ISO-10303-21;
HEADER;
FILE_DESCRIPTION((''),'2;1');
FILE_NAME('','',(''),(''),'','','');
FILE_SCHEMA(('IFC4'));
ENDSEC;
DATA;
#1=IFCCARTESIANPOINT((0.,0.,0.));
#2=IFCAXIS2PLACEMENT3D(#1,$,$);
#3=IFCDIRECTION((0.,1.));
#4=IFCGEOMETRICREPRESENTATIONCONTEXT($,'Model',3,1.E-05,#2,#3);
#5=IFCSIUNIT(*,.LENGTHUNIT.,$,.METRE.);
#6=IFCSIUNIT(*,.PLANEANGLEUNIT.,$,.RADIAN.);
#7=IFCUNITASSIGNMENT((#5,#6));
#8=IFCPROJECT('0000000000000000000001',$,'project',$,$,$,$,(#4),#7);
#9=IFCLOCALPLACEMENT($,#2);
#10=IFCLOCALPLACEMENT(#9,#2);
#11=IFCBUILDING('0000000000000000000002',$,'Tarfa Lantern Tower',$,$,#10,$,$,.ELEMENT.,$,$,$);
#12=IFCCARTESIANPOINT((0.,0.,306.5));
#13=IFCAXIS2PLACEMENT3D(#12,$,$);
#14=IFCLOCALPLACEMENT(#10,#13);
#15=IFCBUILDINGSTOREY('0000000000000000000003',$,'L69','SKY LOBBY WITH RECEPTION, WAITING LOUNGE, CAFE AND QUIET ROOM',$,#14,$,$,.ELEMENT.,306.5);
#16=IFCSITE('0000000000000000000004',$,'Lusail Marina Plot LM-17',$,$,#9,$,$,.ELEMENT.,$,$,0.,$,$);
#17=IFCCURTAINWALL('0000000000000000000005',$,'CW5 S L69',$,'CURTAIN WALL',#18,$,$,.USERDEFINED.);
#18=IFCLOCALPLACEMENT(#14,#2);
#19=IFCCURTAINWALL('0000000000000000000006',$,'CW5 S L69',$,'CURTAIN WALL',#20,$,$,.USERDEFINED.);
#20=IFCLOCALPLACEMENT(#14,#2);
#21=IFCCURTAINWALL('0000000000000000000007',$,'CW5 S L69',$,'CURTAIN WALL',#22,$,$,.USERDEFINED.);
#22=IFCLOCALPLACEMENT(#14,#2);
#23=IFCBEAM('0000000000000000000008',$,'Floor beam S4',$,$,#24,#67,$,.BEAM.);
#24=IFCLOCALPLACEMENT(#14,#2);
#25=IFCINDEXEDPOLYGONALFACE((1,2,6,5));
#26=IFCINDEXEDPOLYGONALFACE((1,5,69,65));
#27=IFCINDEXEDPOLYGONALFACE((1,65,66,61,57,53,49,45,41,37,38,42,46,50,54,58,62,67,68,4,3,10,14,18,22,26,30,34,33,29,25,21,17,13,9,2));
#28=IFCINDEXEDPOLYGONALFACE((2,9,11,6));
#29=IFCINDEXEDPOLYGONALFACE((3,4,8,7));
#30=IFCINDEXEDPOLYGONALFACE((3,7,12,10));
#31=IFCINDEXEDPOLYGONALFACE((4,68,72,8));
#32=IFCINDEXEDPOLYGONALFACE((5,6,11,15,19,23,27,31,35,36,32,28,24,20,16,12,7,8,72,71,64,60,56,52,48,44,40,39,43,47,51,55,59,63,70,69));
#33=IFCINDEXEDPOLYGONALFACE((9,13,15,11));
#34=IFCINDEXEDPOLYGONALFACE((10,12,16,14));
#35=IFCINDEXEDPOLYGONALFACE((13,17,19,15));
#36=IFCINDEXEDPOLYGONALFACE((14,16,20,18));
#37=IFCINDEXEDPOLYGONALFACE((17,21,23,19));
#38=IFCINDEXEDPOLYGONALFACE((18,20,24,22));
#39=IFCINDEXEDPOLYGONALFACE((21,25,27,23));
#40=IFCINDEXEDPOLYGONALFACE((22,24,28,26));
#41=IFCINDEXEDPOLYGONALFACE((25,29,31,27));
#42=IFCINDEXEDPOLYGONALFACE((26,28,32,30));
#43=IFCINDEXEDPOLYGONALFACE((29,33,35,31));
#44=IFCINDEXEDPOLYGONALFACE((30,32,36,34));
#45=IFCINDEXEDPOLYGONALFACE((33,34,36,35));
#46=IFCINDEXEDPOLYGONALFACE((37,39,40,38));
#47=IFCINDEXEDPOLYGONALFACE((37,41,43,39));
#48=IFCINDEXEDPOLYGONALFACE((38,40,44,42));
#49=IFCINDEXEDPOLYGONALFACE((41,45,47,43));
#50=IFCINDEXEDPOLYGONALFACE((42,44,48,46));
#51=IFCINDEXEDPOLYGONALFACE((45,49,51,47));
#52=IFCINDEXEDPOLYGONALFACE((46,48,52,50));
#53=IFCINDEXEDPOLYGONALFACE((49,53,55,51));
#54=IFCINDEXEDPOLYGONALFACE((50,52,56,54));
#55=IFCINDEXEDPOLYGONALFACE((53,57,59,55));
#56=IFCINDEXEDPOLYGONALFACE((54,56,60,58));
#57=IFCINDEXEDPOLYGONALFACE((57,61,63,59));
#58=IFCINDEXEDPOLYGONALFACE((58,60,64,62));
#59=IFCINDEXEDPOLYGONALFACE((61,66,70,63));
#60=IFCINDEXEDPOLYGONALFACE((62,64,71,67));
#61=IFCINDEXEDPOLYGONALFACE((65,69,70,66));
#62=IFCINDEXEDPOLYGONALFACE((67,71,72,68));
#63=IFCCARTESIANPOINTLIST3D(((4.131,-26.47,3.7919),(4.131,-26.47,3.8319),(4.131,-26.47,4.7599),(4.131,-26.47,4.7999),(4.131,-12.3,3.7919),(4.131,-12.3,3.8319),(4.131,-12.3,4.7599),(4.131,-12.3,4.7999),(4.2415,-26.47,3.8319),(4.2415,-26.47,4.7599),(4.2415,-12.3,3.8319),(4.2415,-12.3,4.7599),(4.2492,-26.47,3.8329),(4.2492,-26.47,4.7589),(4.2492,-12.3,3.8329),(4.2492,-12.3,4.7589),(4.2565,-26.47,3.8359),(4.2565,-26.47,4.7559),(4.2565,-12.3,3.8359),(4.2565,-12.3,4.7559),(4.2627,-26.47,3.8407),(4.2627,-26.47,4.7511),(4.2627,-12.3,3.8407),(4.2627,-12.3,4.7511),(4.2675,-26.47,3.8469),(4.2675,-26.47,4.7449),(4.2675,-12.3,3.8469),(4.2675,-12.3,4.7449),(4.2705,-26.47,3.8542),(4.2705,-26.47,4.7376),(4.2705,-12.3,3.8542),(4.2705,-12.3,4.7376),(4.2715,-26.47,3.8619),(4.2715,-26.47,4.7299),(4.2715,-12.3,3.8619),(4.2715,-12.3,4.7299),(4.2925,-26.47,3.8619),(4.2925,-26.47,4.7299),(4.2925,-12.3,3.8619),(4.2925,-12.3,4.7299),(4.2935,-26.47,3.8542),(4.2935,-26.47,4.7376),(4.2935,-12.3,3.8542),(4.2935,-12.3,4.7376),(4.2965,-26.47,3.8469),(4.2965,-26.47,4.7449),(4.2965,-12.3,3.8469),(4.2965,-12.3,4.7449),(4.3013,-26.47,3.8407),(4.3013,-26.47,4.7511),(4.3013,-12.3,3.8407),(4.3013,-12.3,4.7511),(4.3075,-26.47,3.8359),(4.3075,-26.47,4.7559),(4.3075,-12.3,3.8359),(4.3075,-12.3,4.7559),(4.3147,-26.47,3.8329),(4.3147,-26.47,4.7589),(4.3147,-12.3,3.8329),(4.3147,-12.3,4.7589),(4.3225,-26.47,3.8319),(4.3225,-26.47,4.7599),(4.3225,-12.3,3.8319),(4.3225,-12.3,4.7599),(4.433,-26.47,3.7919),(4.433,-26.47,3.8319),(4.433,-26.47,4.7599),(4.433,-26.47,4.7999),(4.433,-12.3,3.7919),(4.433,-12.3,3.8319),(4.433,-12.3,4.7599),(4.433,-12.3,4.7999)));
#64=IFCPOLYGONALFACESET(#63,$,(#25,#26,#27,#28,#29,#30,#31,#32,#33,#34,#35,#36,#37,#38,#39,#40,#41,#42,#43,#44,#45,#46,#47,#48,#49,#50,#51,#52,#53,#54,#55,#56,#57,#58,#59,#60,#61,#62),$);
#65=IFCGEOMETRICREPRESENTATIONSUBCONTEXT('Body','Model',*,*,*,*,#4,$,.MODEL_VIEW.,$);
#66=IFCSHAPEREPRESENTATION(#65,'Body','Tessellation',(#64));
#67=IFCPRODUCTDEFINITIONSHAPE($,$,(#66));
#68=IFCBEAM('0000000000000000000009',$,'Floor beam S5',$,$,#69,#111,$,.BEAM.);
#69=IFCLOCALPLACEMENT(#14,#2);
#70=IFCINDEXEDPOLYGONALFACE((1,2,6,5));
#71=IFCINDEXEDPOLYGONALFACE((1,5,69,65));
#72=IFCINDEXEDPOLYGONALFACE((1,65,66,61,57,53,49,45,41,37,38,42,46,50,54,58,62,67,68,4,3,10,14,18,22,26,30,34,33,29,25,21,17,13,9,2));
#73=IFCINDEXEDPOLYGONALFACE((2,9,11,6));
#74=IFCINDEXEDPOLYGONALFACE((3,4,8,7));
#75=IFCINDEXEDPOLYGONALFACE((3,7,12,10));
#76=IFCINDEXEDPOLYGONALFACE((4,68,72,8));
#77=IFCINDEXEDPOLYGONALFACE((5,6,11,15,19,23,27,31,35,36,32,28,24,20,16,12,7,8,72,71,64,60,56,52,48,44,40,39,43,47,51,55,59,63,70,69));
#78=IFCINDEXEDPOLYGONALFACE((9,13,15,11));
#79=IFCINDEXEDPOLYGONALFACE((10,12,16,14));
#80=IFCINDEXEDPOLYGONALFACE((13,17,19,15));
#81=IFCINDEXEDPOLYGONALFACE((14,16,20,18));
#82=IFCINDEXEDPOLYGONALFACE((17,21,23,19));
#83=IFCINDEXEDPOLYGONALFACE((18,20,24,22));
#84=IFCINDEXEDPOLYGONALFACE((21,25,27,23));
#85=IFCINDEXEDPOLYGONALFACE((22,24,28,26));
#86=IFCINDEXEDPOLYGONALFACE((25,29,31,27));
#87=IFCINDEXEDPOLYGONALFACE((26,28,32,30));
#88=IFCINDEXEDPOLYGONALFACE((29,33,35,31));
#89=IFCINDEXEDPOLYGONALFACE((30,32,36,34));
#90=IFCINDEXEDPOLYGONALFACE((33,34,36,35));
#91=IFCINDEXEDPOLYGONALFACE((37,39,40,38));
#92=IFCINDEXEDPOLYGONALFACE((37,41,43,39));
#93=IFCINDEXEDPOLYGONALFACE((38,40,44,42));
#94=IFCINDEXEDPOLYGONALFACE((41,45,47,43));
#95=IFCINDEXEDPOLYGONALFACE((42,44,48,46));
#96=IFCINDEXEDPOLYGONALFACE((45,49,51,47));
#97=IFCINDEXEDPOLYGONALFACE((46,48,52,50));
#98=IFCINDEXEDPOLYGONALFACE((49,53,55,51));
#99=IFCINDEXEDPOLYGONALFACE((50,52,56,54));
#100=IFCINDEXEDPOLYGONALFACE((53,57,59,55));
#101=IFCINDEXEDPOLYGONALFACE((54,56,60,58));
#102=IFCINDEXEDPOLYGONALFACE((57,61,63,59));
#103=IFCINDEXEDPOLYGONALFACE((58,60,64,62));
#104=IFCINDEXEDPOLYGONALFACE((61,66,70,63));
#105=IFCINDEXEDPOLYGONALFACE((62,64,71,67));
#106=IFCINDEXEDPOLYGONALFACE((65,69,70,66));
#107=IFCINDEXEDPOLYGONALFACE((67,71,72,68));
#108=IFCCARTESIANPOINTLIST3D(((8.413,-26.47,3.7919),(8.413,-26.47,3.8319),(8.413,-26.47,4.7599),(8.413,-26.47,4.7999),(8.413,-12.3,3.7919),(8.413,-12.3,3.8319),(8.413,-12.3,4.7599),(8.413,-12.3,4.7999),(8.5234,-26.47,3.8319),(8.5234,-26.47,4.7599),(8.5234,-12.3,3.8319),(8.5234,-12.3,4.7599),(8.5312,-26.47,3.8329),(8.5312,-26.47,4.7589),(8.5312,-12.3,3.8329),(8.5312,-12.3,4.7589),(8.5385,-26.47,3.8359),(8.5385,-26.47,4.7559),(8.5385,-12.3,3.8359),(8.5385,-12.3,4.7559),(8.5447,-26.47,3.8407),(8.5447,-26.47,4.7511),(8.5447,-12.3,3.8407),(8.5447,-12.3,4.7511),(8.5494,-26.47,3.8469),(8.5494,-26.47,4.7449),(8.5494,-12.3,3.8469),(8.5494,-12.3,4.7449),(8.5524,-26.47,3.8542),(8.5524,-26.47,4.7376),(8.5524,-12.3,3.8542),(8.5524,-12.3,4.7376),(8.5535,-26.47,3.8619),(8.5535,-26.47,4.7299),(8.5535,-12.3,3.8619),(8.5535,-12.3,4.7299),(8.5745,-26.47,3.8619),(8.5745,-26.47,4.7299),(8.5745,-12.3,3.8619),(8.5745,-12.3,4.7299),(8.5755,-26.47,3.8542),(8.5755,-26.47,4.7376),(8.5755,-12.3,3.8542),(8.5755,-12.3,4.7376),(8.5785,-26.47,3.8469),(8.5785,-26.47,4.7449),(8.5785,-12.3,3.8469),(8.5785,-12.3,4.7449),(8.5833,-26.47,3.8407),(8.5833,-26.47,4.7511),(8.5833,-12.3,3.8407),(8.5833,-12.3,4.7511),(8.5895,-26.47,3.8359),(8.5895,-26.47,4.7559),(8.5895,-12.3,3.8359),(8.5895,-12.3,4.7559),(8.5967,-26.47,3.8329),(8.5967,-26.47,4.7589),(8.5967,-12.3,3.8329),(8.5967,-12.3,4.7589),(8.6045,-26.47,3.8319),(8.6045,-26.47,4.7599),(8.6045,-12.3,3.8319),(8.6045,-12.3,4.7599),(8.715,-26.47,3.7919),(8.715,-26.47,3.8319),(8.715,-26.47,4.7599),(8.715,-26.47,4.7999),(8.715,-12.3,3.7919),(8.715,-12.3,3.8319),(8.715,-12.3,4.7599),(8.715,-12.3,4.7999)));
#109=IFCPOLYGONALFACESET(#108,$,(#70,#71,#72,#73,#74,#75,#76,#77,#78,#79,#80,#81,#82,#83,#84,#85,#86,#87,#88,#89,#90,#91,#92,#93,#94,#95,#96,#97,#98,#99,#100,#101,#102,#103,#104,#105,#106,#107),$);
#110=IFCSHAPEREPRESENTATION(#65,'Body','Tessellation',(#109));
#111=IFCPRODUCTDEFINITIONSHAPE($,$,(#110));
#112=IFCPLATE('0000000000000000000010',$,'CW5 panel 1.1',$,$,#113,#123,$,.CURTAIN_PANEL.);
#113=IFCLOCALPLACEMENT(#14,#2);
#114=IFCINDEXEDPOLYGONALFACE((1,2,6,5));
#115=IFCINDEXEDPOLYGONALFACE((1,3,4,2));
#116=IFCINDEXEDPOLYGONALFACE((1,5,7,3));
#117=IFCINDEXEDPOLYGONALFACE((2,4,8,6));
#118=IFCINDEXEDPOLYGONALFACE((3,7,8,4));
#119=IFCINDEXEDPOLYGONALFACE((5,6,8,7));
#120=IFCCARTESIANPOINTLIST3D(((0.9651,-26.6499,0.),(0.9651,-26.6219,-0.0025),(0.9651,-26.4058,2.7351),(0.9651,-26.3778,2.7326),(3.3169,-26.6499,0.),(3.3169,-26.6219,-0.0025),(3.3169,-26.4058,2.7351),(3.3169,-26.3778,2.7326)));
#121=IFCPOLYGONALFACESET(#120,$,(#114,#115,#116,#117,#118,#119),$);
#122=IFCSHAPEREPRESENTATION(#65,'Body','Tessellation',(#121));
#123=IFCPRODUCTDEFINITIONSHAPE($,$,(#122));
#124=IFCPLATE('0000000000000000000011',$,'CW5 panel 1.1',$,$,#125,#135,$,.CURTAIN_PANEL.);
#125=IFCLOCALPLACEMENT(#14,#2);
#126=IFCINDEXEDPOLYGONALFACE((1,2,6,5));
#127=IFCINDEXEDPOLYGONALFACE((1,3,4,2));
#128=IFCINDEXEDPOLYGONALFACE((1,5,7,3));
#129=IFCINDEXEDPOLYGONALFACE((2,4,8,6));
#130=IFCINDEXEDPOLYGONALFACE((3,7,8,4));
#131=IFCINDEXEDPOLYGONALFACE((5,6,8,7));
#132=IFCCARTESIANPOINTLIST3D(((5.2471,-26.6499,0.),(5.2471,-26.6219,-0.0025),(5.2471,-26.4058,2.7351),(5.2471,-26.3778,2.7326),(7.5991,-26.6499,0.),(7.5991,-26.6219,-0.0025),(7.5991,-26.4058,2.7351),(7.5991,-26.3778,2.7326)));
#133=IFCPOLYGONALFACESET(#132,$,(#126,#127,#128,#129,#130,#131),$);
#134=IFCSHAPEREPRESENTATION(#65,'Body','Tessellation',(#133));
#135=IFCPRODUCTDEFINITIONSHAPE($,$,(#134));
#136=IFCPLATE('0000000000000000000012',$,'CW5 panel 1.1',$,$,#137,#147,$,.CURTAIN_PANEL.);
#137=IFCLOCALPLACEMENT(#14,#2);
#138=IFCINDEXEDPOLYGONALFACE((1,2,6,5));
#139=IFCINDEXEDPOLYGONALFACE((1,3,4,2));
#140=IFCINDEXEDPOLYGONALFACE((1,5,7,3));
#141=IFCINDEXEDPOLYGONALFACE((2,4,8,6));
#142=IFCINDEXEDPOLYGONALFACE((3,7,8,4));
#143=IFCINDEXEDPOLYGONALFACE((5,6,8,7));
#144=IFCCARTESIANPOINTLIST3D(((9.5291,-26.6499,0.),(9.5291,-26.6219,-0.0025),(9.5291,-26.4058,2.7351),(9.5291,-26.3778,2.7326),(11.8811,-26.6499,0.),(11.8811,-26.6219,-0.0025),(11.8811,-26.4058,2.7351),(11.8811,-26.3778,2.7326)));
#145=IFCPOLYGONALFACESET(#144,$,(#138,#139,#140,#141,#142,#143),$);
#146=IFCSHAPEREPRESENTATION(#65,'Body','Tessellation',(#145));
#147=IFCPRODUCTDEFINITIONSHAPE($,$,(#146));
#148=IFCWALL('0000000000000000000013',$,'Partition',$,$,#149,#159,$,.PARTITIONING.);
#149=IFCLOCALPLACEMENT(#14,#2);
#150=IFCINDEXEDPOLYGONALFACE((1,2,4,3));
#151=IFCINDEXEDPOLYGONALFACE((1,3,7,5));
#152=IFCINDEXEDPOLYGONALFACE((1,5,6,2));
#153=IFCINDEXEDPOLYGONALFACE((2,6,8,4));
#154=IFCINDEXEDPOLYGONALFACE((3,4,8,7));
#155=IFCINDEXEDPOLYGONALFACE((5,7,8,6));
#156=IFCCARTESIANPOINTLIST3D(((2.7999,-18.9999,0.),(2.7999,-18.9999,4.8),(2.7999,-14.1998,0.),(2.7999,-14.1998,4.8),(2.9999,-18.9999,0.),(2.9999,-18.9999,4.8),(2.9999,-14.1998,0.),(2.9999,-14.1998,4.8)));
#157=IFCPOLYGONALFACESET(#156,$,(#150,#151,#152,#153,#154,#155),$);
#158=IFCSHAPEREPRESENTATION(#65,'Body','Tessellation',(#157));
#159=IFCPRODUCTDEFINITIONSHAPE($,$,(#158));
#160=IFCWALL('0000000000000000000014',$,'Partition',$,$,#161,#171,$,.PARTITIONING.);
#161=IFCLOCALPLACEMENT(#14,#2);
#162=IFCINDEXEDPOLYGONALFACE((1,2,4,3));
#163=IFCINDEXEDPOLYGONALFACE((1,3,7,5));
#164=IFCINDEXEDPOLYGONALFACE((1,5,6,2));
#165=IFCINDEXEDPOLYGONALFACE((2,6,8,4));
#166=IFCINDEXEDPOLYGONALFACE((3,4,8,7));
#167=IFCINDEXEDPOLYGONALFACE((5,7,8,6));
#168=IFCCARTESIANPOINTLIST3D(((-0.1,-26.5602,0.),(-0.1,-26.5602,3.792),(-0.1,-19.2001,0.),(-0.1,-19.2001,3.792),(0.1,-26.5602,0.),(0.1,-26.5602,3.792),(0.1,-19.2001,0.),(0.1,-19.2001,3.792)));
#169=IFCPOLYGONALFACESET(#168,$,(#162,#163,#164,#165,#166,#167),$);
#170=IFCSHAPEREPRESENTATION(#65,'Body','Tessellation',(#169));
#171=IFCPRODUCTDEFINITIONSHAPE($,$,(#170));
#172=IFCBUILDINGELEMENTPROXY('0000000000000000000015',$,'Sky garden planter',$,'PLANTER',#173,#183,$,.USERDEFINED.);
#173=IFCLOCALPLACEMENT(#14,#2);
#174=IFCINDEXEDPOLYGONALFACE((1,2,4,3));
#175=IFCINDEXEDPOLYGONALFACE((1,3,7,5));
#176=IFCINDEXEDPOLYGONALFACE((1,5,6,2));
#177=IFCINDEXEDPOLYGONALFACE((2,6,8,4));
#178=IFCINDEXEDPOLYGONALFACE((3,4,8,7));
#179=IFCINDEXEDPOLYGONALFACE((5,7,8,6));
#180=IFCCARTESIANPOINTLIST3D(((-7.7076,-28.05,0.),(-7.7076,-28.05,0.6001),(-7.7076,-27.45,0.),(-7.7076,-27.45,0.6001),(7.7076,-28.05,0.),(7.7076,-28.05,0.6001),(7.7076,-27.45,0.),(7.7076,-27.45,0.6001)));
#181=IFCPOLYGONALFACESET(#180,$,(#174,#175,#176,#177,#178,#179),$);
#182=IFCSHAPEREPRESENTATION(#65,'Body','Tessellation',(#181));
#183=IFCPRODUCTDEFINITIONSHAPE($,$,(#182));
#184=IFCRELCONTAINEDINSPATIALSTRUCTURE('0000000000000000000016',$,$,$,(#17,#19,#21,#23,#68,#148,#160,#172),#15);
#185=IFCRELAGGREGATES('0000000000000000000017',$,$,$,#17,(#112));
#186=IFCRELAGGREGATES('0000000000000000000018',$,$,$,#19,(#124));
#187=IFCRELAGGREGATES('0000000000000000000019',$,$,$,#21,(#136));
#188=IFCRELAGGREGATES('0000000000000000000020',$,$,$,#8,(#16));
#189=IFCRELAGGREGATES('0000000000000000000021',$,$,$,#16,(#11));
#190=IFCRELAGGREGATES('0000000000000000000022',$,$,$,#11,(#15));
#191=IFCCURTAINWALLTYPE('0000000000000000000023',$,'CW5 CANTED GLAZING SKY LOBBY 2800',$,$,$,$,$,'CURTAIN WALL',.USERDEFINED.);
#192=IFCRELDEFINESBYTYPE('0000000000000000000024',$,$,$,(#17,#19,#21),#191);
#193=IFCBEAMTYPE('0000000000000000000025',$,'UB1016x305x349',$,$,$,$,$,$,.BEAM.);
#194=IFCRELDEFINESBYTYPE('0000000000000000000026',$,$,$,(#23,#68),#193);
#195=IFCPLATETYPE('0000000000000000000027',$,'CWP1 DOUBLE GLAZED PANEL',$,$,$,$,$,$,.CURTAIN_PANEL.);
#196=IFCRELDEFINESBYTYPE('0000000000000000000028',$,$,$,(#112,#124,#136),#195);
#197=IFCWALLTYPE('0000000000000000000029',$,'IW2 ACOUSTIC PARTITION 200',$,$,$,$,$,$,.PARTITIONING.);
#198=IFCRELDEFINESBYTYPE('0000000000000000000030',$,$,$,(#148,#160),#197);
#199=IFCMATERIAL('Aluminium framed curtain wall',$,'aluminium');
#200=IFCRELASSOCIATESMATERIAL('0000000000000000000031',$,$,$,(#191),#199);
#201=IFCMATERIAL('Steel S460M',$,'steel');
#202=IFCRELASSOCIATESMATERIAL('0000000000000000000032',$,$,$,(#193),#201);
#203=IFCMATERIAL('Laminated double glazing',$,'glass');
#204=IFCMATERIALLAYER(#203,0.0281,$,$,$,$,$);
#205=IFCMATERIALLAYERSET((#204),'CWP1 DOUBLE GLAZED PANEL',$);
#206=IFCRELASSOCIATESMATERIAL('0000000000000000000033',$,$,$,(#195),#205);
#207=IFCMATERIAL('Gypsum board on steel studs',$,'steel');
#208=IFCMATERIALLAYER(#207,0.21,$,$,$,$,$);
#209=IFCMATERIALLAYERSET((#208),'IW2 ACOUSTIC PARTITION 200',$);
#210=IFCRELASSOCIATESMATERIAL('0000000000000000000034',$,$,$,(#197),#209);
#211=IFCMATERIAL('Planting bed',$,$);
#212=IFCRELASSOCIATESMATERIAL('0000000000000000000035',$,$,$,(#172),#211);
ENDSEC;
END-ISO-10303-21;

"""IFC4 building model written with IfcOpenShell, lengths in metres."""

from ifc_helpers import new_model, si_unit, direction, frame, frame_2d, origin, origin_2d, place, context, subcontext, project, spatial, polyline, rectangle, i_section, outline, extrude, material, layer, layer_set, material_profile, profile_set, type_object, element, aggregate, save


model = new_model("IFC4")

# Units and contexts
model_context = context("Model", 3, precision=1e-05, world=origin(), true_north=direction((0.0, 1.0)))
body_context = subcontext(model_context, "Body", "Model", "MODEL_VIEW")
ifc_project = project(units=[si_unit("LENGTHUNIT", "METRE"), si_unit("PLANEANGLEUNIT", "RADIAN")], contexts=[model_context])

# Site, building, storey
site_placement = place(None, origin())
site = spatial("IfcSite", under=ifc_project, at=site_placement, Name="Lusail Marina Plot LM-17", CompositionType="ELEMENT", RefElevation=0.0)
building_placement = place(site_placement, origin())
building = spatial("IfcBuilding", under=site, at=building_placement, Name="Tarfa Lantern Tower", CompositionType="ELEMENT")
storey_placement = place(building_placement, frame((0.0, 0.0, 306.5)))
storey = spatial("IfcBuildingStorey", under=building, at=storey_placement, Name="L69", Description="SKY LOBBY WITH RECEPTION, WAITING LOUNGE, CAFE AND QUIET ROOM", CompositionType="ELEMENT", Elevation=306.5)

# Shared definitions
ifc_material_1 = material(Name="Steel S460M", Category="steel")

# Curtain walls
ifc_material_2 = material(Name="Aluminium framed curtain wall", Category="aluminium")
curtain_wall_type = type_object("IfcCurtainWallType", Name="CW5 CANTED GLAZING SKY LOBBY 2800", ElementType="CURTAIN WALL", PredefinedType="USERDEFINED", material=ifc_material_2)
curtain_wall_1_placement = place(storey_placement, origin())
curtain_wall_1 = element("IfcCurtainWall", 1, at=curtain_wall_1_placement, inside=storey, type_object=curtain_wall_type, Name="CW5 S L69", ObjectType="CURTAIN WALL", PredefinedType="USERDEFINED")
curtain_wall_2_placement = place(storey_placement, origin())
curtain_wall_2 = element("IfcCurtainWall", 2, at=curtain_wall_2_placement, inside=storey, type_object=curtain_wall_type, Name="CW5 S L69", ObjectType="CURTAIN WALL", PredefinedType="USERDEFINED")

# Curtain wall
curtain_wall_3_placement = place(storey_placement, origin())
curtain_wall_3 = element("IfcCurtainWall", 3, at=curtain_wall_3_placement, inside=storey, type_object=curtain_wall_type, Name="CW5 S L69", ObjectType="CURTAIN WALL", PredefinedType="USERDEFINED")

# Beams
ifc_material_profile_1 = material_profile(ifc_material_1, i_section(OverallWidth=0.302, OverallDepth=1.0081, WebThickness=0.021, FlangeThickness=0.04, FilletRadius=0.03, at=origin_2d()), Name="UB1016x305x349")
ifc_profile_set_1 = profile_set([ifc_material_profile_1], Name="Steel S460M")
beam_type_1 = type_object("IfcBeamType", Name="UB1016x305x349", PredefinedType="BEAM", material=ifc_profile_set_1)
for number, where, z_axis, x_axis, name in (
    (4, (4.282, -26.47, 4.2959), (0.0, 1.0, 0.0), (-1.0, 0.0, 0.0), "Floor beam S4"),
    (5, (8.564, -26.47, 4.2959), (0.0, 1.0, 0.0), (-1.0, 0.0, 0.0), "Floor beam S5"),
):
    element("IfcBeam", number, at=place(storey_placement, frame(where, z_axis=z_axis, x_axis=x_axis)), inside=storey, type_object=beam_type_1, Name=name, PredefinedType="BEAM", context=body_context, shape_type="SweptSolid", body=[
        extrude(i_section(OverallWidth=0.302, OverallDepth=1.0081, WebThickness=0.021, FlangeThickness=0.04, FilletRadius=0.03, at=origin_2d()), origin(), (0.0, 0.0, 1.0), 14.1699),
    ])

# Plates
ifc_material_3 = material(Name="Laminated double glazing", Category="glass")
ifc_layer_1 = layer(ifc_material_3, 0.0281)
ifc_layer_set_1 = layer_set([ifc_layer_1], Name="CWP1 DOUBLE GLAZED PANEL")
plate_type = type_object("IfcPlateType", Name="CWP1 DOUBLE GLAZED PANEL", PredefinedType="CURTAIN_PANEL", material=ifc_layer_set_1)
plate_1_placement = place(storey_placement, frame((0.9651, -26.6499, 0.0), z_axis=(0.0, -0.99604, 0.088908), x_axis=(1.0, 0.0, 0.0)))
plate_1 = element("IfcPlate", 6, at=plate_1_placement, type_object=plate_type, Name="CW5 panel 1.1", PredefinedType="CURTAIN_PANEL", context=body_context, shape_type="SweptSolid", body=[
    extrude(outline(polyline([(0.0, 0.0), (2.3518, 0.0), (2.3518, 2.746), (0.0, 2.746), (0.0, 0.0)])), origin(), (0.0, 0.0, -1.0), 0.0281),
])
aggregate(curtain_wall_1, [plate_1])
plate_2_placement = place(storey_placement, frame((5.2471, -26.6499, 0.0), z_axis=(0.0, -0.99604, 0.088908), x_axis=(1.0, 0.0, 0.0)))
plate_2 = element("IfcPlate", 7, at=plate_2_placement, type_object=plate_type, Name="CW5 panel 1.1", PredefinedType="CURTAIN_PANEL", context=body_context, shape_type="SweptSolid", body=[
    extrude(outline(polyline([(0.0, 0.0), (2.3521, 0.0), (2.3521, 2.746), (0.0, 2.746), (0.0, 0.0)])), origin(), (0.0, 0.0, -1.0), 0.0281),
])
aggregate(curtain_wall_2, [plate_2])
plate_3_placement = place(storey_placement, frame((9.5291, -26.6499, 0.0), z_axis=(0.0, -0.99604, 0.088908), x_axis=(1.0, 0.0, 0.0)))
plate_3 = element("IfcPlate", 8, at=plate_3_placement, type_object=plate_type, Name="CW5 panel 1.1", PredefinedType="CURTAIN_PANEL", context=body_context, shape_type="SweptSolid", body=[
    extrude(outline(polyline([(0.0, 0.0), (2.3521, 0.0), (2.3521, 2.746), (0.0, 2.746), (0.0, 0.0)])), origin(), (0.0, 0.0, -1.0), 0.0281),
])
aggregate(curtain_wall_3, [plate_3])

# Walls
ifc_material_4 = material(Name="Gypsum board on steel studs", Category="steel")
ifc_layer_2 = layer(ifc_material_4, 0.21)
ifc_layer_set_2 = layer_set([ifc_layer_2], Name="IW2 ACOUSTIC PARTITION 200")
wall_type = type_object("IfcWallType", Name="IW2 ACOUSTIC PARTITION 200", PredefinedType="PARTITIONING", material=ifc_layer_set_2)
wall_1_placement = place(storey_placement, frame((2.8999, -14.2, 0.0), z_axis=(0.0, 0.0, 1.0), x_axis=(0.0, -1.0, 0.0)))
element("IfcWall", 9, at=wall_1_placement, inside=storey, type_object=wall_type, Name="Partition", PredefinedType="PARTITIONING", context=body_context, shape_type="SweptSolid", body=[
    extrude(rectangle(XDim=4.8, YDim=0.2, at=frame_2d((2.3999, 0.0))), origin(), (0.0, 0.0, 1.0), 4.8),
])
wall_2_placement = place(storey_placement, frame((0.0, -19.2, 0.0), z_axis=(0.0, 0.0, 1.0), x_axis=(0.0, -1.0, 0.0)))
element("IfcWall", 10, at=wall_2_placement, inside=storey, type_object=wall_type, Name="Partition", PredefinedType="PARTITIONING", context=body_context, shape_type="SweptSolid", body=[
    extrude(rectangle(XDim=7.3601, YDim=0.2, at=frame_2d((3.6802, 0.0))), origin(), (0.0, 0.0, 1.0), 3.792),
])

# Building element proxy
ifc_material_5 = material(Name="Planting bed")
proxy_placement = place(storey_placement, frame((0.0, -27.75, 0.0), z_axis=(0.0, 0.0, 1.0), x_axis=(1.0, 0.0, 0.0)))
element("IfcBuildingElementProxy", 11, at=proxy_placement, inside=storey, material=ifc_material_5, Name="Sky garden planter", ObjectType="PLANTER", PredefinedType="USERDEFINED", context=body_context, shape_type="SweptSolid", body=[
    extrude(rectangle(XDim=15.4153, YDim=0.6001, at=origin_2d()), origin(), (0.0, 0.0, 1.0), 0.6001),
])

save(model, "model.ifc")
